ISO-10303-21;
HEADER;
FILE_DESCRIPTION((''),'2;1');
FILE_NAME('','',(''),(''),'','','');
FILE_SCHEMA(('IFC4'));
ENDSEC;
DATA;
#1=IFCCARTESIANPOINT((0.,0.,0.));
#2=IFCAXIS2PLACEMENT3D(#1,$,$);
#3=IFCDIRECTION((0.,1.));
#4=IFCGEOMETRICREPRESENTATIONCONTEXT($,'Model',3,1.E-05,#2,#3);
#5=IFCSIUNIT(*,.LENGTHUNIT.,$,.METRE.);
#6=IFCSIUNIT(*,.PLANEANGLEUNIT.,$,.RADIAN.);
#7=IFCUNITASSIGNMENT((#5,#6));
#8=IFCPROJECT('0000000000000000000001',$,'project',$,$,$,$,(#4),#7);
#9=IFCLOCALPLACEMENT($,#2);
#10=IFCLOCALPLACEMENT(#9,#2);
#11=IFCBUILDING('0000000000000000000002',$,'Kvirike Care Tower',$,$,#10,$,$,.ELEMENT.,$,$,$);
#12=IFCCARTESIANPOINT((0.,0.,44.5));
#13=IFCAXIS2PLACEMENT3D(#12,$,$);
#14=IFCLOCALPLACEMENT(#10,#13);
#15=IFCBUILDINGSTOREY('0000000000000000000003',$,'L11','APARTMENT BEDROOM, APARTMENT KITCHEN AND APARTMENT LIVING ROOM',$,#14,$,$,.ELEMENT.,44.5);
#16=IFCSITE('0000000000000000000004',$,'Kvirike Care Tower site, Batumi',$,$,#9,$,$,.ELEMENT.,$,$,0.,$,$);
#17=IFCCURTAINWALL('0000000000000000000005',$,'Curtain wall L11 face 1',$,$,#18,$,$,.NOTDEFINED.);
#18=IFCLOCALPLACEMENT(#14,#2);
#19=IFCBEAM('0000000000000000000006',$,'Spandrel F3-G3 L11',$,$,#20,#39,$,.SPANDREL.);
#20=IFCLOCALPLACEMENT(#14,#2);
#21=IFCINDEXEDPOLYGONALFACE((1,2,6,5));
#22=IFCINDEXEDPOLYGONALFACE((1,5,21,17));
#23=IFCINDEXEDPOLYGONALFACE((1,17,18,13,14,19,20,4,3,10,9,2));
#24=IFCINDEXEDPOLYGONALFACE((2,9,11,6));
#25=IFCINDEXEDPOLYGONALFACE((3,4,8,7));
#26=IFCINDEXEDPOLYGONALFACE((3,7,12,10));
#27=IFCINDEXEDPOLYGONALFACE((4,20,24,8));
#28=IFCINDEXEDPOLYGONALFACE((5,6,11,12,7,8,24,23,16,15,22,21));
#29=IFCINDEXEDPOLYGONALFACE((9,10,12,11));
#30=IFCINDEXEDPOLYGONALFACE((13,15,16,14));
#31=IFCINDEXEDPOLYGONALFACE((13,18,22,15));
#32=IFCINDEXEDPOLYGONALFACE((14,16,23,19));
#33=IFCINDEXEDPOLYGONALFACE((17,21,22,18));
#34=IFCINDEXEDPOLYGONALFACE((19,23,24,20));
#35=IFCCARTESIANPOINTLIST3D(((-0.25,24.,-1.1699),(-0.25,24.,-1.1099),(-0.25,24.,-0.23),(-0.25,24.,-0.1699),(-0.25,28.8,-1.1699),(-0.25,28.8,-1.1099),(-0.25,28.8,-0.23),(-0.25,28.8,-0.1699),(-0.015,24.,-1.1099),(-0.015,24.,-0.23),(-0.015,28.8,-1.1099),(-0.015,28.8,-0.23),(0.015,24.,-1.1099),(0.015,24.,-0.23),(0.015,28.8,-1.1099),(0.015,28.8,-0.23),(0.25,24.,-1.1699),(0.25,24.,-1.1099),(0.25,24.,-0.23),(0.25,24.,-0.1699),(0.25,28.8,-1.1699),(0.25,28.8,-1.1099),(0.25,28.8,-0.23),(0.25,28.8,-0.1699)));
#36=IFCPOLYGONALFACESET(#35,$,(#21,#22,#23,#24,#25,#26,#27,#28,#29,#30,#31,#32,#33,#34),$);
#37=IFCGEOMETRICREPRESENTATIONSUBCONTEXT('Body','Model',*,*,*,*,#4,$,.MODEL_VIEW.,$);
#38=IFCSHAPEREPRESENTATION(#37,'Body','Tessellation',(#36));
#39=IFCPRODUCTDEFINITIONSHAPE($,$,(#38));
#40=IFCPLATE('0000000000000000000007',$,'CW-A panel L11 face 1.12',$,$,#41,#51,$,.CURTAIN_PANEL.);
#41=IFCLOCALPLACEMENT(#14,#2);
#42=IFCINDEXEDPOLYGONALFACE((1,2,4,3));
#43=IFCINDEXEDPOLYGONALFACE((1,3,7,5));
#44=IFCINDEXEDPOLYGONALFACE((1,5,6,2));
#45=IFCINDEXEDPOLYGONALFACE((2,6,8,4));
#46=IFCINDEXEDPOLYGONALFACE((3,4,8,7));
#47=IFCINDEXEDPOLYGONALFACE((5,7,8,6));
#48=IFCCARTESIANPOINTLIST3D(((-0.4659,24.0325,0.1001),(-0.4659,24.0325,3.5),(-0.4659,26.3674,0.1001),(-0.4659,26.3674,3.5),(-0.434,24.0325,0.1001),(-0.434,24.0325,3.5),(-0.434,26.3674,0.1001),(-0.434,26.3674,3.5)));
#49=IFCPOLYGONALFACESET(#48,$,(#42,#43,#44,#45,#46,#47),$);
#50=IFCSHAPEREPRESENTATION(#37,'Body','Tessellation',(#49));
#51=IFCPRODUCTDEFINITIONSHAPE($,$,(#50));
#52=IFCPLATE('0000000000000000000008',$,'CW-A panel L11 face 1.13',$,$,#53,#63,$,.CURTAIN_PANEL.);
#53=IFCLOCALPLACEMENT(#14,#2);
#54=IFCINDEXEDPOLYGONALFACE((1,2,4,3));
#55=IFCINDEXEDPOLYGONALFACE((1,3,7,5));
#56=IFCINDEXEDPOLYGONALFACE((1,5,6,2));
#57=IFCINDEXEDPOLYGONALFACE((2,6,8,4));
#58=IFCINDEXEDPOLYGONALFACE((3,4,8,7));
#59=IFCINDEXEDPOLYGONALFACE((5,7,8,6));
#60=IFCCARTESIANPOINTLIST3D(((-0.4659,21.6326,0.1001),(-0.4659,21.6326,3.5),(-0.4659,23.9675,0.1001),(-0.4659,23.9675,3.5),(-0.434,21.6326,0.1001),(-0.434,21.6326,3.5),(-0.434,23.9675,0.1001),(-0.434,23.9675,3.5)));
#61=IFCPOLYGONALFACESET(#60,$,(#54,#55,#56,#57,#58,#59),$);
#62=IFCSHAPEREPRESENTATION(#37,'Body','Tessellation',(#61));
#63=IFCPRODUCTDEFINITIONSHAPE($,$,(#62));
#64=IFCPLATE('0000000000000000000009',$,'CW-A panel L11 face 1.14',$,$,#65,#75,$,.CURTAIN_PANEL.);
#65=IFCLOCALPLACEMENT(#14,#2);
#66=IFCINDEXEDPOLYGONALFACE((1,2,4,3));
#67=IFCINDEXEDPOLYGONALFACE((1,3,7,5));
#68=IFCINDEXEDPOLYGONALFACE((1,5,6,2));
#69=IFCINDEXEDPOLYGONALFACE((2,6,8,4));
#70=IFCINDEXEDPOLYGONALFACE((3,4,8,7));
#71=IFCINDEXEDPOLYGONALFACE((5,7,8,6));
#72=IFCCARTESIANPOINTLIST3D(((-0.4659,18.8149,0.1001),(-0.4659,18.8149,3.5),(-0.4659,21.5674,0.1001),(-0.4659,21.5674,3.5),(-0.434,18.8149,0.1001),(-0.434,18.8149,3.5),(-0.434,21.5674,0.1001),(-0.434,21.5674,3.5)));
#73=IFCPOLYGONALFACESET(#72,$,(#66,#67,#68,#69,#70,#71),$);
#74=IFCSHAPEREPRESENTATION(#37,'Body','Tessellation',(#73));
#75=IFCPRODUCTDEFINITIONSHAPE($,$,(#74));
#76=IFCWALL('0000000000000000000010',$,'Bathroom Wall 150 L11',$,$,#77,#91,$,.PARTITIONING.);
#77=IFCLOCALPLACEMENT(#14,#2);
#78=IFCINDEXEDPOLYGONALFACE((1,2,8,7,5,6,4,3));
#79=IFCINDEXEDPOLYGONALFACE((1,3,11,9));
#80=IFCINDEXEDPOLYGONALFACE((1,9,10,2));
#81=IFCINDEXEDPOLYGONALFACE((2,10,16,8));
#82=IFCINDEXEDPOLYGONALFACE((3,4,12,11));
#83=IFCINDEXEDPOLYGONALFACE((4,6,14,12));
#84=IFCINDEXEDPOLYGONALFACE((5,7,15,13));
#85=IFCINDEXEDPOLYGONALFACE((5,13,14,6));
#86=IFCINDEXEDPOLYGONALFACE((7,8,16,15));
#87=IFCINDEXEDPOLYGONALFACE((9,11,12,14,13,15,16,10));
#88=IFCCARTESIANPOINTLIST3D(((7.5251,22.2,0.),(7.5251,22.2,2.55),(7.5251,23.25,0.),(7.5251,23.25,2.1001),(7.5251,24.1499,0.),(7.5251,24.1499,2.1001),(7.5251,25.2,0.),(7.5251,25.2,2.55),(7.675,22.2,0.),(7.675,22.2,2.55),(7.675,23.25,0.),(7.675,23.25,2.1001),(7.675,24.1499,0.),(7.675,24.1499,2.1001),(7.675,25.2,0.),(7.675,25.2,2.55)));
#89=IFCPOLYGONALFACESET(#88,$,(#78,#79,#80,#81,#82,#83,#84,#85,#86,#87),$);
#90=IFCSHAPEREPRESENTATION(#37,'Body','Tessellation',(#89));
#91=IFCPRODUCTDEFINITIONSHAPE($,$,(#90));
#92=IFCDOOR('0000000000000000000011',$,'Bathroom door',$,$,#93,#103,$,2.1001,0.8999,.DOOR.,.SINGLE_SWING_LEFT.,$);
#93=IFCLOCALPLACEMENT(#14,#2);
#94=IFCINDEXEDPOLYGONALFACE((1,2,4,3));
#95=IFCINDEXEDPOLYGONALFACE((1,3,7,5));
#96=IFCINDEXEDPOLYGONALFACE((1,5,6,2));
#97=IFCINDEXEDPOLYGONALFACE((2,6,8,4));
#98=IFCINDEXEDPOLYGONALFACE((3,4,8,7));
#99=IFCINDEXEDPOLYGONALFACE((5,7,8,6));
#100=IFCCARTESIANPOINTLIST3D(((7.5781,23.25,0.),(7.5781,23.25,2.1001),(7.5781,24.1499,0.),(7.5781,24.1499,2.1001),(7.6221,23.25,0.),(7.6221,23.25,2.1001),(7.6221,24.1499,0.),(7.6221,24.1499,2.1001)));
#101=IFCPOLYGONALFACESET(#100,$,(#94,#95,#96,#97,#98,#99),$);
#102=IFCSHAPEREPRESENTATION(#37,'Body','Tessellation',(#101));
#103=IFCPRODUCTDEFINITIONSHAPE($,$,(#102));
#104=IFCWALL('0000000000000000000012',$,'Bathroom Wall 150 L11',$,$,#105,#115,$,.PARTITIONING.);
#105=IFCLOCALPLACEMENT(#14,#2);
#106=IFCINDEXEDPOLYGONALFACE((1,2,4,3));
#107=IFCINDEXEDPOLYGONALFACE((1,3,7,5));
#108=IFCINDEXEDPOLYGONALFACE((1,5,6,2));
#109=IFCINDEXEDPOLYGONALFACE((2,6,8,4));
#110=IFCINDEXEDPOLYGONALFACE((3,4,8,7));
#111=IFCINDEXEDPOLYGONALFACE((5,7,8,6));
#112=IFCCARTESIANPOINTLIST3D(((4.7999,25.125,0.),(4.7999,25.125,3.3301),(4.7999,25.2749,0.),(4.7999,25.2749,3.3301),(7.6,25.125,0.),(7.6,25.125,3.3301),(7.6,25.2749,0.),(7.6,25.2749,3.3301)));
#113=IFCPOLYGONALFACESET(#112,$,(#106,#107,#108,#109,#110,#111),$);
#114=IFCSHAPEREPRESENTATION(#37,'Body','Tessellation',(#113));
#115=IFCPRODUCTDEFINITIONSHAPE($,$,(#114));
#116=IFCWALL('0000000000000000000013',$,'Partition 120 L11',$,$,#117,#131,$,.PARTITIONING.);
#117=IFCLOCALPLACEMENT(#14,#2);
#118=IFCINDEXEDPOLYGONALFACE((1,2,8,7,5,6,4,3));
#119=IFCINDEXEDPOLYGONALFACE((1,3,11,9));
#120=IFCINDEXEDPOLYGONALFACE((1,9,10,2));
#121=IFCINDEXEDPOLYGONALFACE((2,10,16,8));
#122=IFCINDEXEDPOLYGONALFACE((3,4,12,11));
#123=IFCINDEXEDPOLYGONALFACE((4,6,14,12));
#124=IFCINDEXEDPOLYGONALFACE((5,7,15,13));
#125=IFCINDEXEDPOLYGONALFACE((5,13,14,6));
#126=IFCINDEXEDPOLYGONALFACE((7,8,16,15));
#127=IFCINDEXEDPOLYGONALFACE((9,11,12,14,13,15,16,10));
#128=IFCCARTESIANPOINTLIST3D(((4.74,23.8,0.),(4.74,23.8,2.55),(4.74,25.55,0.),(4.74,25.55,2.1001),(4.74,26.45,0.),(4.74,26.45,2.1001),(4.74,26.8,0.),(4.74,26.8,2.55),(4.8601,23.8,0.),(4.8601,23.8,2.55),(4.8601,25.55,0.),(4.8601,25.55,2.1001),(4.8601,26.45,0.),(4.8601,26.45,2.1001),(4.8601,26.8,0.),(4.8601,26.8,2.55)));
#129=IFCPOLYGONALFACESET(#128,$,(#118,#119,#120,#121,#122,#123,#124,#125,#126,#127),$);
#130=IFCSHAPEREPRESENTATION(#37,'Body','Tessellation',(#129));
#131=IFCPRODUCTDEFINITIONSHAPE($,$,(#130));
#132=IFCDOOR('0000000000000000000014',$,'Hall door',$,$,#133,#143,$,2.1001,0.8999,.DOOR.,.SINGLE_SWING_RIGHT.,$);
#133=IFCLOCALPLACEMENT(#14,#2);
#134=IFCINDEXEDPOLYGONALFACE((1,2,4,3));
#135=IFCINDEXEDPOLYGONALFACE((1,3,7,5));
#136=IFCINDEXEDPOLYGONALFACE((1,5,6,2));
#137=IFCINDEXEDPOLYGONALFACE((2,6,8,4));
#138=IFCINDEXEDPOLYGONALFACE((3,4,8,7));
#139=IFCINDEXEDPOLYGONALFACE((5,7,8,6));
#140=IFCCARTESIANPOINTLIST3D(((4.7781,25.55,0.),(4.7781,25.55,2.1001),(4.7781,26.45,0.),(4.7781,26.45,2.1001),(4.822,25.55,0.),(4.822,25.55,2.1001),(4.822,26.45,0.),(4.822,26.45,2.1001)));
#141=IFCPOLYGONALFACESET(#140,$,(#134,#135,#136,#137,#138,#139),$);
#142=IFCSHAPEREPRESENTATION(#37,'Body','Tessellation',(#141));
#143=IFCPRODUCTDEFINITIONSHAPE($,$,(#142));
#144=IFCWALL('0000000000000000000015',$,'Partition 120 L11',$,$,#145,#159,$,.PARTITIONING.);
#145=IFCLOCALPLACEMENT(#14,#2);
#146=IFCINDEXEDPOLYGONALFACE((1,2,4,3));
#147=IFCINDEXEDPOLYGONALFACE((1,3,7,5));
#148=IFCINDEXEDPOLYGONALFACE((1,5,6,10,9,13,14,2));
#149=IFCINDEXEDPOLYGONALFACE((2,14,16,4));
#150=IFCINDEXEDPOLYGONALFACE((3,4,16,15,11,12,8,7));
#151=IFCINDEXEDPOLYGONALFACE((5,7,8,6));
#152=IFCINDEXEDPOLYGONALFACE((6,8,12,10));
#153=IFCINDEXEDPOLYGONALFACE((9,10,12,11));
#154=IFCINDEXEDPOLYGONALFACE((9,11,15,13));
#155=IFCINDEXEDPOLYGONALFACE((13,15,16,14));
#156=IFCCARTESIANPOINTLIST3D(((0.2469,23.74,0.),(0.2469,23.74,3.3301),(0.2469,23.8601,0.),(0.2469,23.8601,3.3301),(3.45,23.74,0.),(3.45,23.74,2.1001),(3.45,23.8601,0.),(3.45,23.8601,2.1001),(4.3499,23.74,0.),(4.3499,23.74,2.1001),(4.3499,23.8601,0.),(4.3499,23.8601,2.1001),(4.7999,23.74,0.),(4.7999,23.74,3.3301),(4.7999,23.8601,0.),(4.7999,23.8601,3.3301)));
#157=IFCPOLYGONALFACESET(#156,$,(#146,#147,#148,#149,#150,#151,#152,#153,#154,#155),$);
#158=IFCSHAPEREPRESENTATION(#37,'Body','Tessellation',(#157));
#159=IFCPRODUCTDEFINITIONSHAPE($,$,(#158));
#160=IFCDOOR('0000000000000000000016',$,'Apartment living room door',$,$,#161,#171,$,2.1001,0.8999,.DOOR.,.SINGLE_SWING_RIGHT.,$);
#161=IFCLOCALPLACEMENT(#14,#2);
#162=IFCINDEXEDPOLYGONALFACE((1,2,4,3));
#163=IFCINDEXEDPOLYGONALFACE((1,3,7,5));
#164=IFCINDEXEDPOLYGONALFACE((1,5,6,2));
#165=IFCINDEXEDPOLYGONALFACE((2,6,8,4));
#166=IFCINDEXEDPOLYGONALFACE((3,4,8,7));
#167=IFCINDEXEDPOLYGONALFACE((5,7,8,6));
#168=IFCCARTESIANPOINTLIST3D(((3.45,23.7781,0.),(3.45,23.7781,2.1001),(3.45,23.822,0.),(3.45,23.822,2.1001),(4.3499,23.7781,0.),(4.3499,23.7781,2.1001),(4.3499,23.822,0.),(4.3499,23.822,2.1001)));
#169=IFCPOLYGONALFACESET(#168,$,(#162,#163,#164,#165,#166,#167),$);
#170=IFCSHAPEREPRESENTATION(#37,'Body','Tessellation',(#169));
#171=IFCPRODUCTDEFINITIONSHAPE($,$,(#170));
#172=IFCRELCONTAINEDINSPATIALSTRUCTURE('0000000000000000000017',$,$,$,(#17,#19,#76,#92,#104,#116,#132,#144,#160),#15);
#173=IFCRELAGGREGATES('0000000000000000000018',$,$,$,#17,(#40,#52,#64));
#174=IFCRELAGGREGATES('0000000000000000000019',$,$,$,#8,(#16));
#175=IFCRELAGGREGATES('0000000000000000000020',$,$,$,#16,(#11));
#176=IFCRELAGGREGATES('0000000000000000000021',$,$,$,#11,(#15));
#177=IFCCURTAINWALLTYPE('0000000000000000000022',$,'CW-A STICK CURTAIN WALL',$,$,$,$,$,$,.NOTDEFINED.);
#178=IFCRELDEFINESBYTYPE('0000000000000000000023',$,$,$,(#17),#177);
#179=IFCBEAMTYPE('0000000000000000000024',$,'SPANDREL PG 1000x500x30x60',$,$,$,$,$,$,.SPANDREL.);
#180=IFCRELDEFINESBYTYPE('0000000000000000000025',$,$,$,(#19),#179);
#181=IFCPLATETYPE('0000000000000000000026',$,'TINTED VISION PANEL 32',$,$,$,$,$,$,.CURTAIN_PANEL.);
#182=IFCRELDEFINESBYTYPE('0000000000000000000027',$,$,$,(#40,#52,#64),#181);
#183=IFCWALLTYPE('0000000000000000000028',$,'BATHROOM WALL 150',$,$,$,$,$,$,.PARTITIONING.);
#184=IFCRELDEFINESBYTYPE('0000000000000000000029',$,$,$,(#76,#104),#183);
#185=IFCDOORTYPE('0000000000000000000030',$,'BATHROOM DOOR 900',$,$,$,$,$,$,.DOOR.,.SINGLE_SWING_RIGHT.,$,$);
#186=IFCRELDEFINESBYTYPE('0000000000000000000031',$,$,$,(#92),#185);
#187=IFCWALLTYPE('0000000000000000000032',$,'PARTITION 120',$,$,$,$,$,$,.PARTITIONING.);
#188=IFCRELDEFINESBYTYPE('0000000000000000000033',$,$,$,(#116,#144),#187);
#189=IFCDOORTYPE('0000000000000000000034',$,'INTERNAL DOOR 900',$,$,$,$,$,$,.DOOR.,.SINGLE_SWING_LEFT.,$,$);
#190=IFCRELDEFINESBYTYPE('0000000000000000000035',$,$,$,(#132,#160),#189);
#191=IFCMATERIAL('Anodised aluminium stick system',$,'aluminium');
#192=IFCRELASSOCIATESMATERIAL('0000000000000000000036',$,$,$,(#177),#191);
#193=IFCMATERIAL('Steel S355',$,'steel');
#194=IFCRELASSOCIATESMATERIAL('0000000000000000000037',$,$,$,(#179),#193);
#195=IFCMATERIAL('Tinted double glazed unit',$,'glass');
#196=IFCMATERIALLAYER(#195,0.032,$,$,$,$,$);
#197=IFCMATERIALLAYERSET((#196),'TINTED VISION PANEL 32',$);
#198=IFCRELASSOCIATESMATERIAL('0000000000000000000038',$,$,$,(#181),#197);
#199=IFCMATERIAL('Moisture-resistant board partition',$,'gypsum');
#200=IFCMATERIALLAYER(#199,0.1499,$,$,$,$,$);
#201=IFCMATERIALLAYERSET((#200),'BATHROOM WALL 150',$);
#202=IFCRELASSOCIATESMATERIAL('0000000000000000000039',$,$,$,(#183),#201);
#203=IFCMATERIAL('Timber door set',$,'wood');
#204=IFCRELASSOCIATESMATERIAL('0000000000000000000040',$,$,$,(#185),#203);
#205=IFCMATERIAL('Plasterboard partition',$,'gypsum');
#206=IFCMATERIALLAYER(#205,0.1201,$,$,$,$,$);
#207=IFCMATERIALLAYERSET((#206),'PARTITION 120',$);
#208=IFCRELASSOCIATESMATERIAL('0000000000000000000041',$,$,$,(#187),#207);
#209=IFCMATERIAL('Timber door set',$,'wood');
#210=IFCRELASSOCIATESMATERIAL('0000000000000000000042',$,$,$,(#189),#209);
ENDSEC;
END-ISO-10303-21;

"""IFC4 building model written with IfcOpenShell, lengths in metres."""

from ifc_helpers import new_model, si_unit, direction, frame, frame_2d, origin, origin_2d, place, context, subcontext, project, spatial, rectangle, i_section, extrude, material, layer, layer_set, material_profile, profile_set, type_object, element, fill, aggregate, save


model = new_model("IFC4")

# Units and contexts
model_context = context("Model", 3, precision=1e-05, world=origin(), true_north=direction((0.0, 1.0)))
body_context = subcontext(model_context, "Body", "Model", "MODEL_VIEW")
ifc_project = project(units=[si_unit("LENGTHUNIT", "METRE"), si_unit("PLANEANGLEUNIT", "RADIAN")], contexts=[model_context])

# Site, building, storey
site_placement = place(None, origin())
site = spatial("IfcSite", under=ifc_project, at=site_placement, Name="Kvirike Care Tower site, Batumi", CompositionType="ELEMENT", RefElevation=0.0)
building_placement = place(site_placement, origin())
building = spatial("IfcBuilding", under=site, at=building_placement, Name="Kvirike Care Tower", CompositionType="ELEMENT")
storey_placement = place(building_placement, frame((0.0, 0.0, 44.5)))
storey = spatial("IfcBuildingStorey", under=building, at=storey_placement, Name="L11", Description="APARTMENT BEDROOM, APARTMENT KITCHEN AND APARTMENT LIVING ROOM", CompositionType="ELEMENT", Elevation=44.5)

# Curtain wall
ifc_material_1 = material(Name="Anodised aluminium stick system", Category="aluminium")
curtain_wall_type = type_object("IfcCurtainWallType", Name="CW-A STICK CURTAIN WALL", PredefinedType="NOTDEFINED", material=ifc_material_1)
curtain_wall_placement = place(storey_placement, origin())
curtain_wall = element("IfcCurtainWall", 1, at=curtain_wall_placement, inside=storey, type_object=curtain_wall_type, Name="Curtain wall L11 face 1", PredefinedType="NOTDEFINED")

# Beam
ifc_material_2 = material(Name="Steel S355", Category="steel")
ifc_material_profile_1 = material_profile(ifc_material_2, i_section(OverallWidth=0.5, OverallDepth=1.0, WebThickness=0.03, FlangeThickness=0.0601, at=origin_2d()), Name="PG 1000x500x30x60")
ifc_profile_set_1 = profile_set([ifc_material_profile_1], Name="Steel S355")
beam_type_1 = type_object("IfcBeamType", Name="SPANDREL PG 1000x500x30x60", PredefinedType="SPANDREL", material=ifc_profile_set_1)
beam_1_placement = place(storey_placement, frame((0.0, 24.0, -0.6699), z_axis=(0.0, 1.0, 0.0), x_axis=(-1.0, 0.0, 0.0)))
element("IfcBeam", 2, at=beam_1_placement, inside=storey, type_object=beam_type_1, Name="Spandrel F3-G3 L11", PredefinedType="SPANDREL", context=body_context, shape_type="SweptSolid", body=[
    extrude(i_section(OverallWidth=0.5, OverallDepth=1.0, WebThickness=0.03, FlangeThickness=0.0601, at=origin_2d()), origin(), (0.0, 0.0, 1.0), 4.8),
])

# Plates
ifc_material_3 = material(Name="Tinted double glazed unit", Category="glass")
ifc_layer_1 = layer(ifc_material_3, 0.032)
ifc_layer_set_1 = layer_set([ifc_layer_1], Name="TINTED VISION PANEL 32")
plate_type = type_object("IfcPlateType", Name="TINTED VISION PANEL 32", PredefinedType="CURTAIN_PANEL", material=ifc_layer_set_1)
plate_1_placement = place(storey_placement, frame((-0.45, 25.2, 0.1001), z_axis=(0.0, 0.0, 1.0), x_axis=(0.0, -1.0, 0.0)))
plate_1 = element("IfcPlate", 3, at=plate_1_placement, type_object=plate_type, Name="CW-A panel L11 face 1.12", PredefinedType="CURTAIN_PANEL", context=body_context, shape_type="SweptSolid", body=[
    extrude(rectangle(XDim=2.335, YDim=0.032, at=origin_2d()), origin(), (0.0, 0.0, 1.0), 3.3999),
])
plate_2_placement = place(storey_placement, frame((-0.45, 22.8, 0.1001), z_axis=(0.0, 0.0, 1.0), x_axis=(0.0, -1.0, 0.0)))
plate_2 = element("IfcPlate", 4, at=plate_2_placement, type_object=plate_type, Name="CW-A panel L11 face 1.13", PredefinedType="CURTAIN_PANEL", context=body_context, shape_type="SweptSolid", body=[
    extrude(rectangle(XDim=2.335, YDim=0.032, at=origin_2d()), origin(), (0.0, 0.0, 1.0), 3.3999),
])
plate_3_placement = place(storey_placement, frame((-0.45, 20.1912, 0.1001), z_axis=(0.0, 0.0, 1.0), x_axis=(0.0, -1.0, 0.0)))
plate_3 = element("IfcPlate", 5, at=plate_3_placement, type_object=plate_type, Name="CW-A panel L11 face 1.14", PredefinedType="CURTAIN_PANEL", context=body_context, shape_type="SweptSolid", body=[
    extrude(rectangle(XDim=2.7524, YDim=0.032, at=origin_2d()), origin(), (0.0, 0.0, 1.0), 3.3999),
])
aggregate(curtain_wall, [plate_1, plate_2, plate_3])

# Wall, opening, door
ifc_material_4 = material(Name="Moisture-resistant board partition", Category="gypsum")
ifc_layer_2 = layer(ifc_material_4, 0.1499)
ifc_layer_set_2 = layer_set([ifc_layer_2], Name="BATHROOM WALL 150")
wall_type_1 = type_object("IfcWallType", Name="BATHROOM WALL 150", PredefinedType="PARTITIONING", material=ifc_layer_set_2)
wall_1_placement = place(storey_placement, frame((7.6001, 22.2, 0.0), z_axis=(0.0, 0.0, 1.0), x_axis=(0.0, 1.0, 0.0)))
wall_1 = element("IfcWall", 6, at=wall_1_placement, inside=storey, type_object=wall_type_1, Name="Bathroom Wall 150 L11", PredefinedType="PARTITIONING", context=body_context, shape_type="SweptSolid", body=[
    extrude(rectangle(XDim=3.0, YDim=0.1499, at=frame_2d((1.5, 0.0))), origin(), (0.0, 0.0, 1.0), 2.55),
])
opening_1_placement = place(wall_1_placement, frame((1.05, 0.0, 0.0)))
opening_1 = element("IfcOpeningElement", 7, at=opening_1_placement, cuts=wall_1, PredefinedType="OPENING", context=body_context, shape_type="SweptSolid", body=[
    extrude(rectangle(XDim=0.8999, YDim=2.1001, at=frame_2d((0.45, 1.05))), frame((0.0, 0.0854, 0.0), z_axis=(0.0, -1.0, 0.0), x_axis=(1.0, 0.0, 0.0)), (0.0, 0.0, 1.0), 0.1709),
])
ifc_material_5 = material(Name="Timber door set", Category="wood")
door_type_1 = type_object("IfcDoorType", Name="BATHROOM DOOR 900", OperationType="SINGLE_SWING_RIGHT", PredefinedType="DOOR", material=ifc_material_5)
door_1_placement = place(opening_1_placement, origin())
door_1 = element("IfcDoor", 8, at=door_1_placement, inside=storey, type_object=door_type_1, Name="Bathroom door", OperationType="SINGLE_SWING_LEFT", OverallHeight=2.1001, OverallWidth=0.8999, PredefinedType="DOOR", context=body_context, shape_type="SweptSolid", body=[
    extrude(rectangle(XDim=0.8999, YDim=2.1001, at=frame_2d((0.45, 1.05))), frame((0.0, 0.022, 0.0), z_axis=(0.0, -1.0, 0.0), x_axis=(1.0, 0.0, 0.0)), (0.0, 0.0, 1.0), 0.0439),
])
fill(opening_1, door_1)

# Wall
wall_2_placement = place(storey_placement, frame((4.8, 25.2, 0.0), z_axis=(0.0, 0.0, 1.0), x_axis=(1.0, 0.0, 0.0)))
element("IfcWall", 9, at=wall_2_placement, inside=storey, type_object=wall_type_1, Name="Bathroom Wall 150 L11", PredefinedType="PARTITIONING", context=body_context, shape_type="SweptSolid", body=[
    extrude(rectangle(XDim=2.8, YDim=0.1499, at=frame_2d((1.3999, 0.0))), origin(), (0.0, 0.0, 1.0), 3.3301),
])

# Walls, openings, doors
ifc_material_6 = material(Name="Plasterboard partition", Category="gypsum")
ifc_layer_3 = layer(ifc_material_6, 0.1201)
ifc_layer_set_3 = layer_set([ifc_layer_3], Name="PARTITION 120")
wall_type_2 = type_object("IfcWallType", Name="PARTITION 120", PredefinedType="PARTITIONING", material=ifc_layer_set_3)
wall_3_placement = place(storey_placement, frame((4.8, 23.8, 0.0), z_axis=(0.0, 0.0, 1.0), x_axis=(0.0, 1.0, 0.0)))
wall_3 = element("IfcWall", 10, at=wall_3_placement, inside=storey, type_object=wall_type_2, Name="Partition 120 L11", PredefinedType="PARTITIONING", context=body_context, shape_type="SweptSolid", body=[
    extrude(rectangle(XDim=3.0, YDim=0.1201, at=frame_2d((1.5, 0.0))), origin(), (0.0, 0.0, 1.0), 2.55),
])
opening_2_placement = place(wall_3_placement, frame((1.75, 0.0, 0.0)))
opening_2 = element("IfcOpeningElement", 11, at=opening_2_placement, cuts=wall_3, PredefinedType="OPENING", context=body_context, shape_type="SweptSolid", body=[
    extrude(rectangle(XDim=0.8999, YDim=2.1001, at=frame_2d((0.45, 1.05))), frame((0.0, 0.0706, 0.0), z_axis=(0.0, -1.0, 0.0), x_axis=(1.0, 0.0, 0.0)), (0.0, 0.0, 1.0), 0.1411),
])
ifc_material_7 = material(Name="Timber door set", Category="wood")
door_type_2 = type_object("IfcDoorType", Name="INTERNAL DOOR 900", OperationType="SINGLE_SWING_LEFT", PredefinedType="DOOR", material=ifc_material_7)
door_2_placement = place(opening_2_placement, origin())
door_2 = element("IfcDoor", 12, at=door_2_placement, inside=storey, type_object=door_type_2, Name="Hall door", OperationType="SINGLE_SWING_RIGHT", OverallHeight=2.1001, OverallWidth=0.8999, PredefinedType="DOOR", context=body_context, shape_type="SweptSolid", body=[
    extrude(rectangle(XDim=0.8999, YDim=2.1001, at=frame_2d((0.45, 1.05))), frame((0.0, 0.022, 0.0), z_axis=(0.0, -1.0, 0.0), x_axis=(1.0, 0.0, 0.0)), (0.0, 0.0, 1.0), 0.0439),
])
fill(opening_2, door_2)
wall_4_placement = place(storey_placement, frame((0.2471, 23.8, 0.0), z_axis=(0.0, 0.0, 1.0), x_axis=(1.0, 0.0, 0.0)))
wall_4 = element("IfcWall", 13, at=wall_4_placement, inside=storey, type_object=wall_type_2, Name="Partition 120 L11", PredefinedType="PARTITIONING", context=body_context, shape_type="SweptSolid", body=[
    extrude(rectangle(XDim=4.553, YDim=0.1201, at=frame_2d((2.2764, 0.0))), origin(), (0.0, 0.0, 1.0), 3.3301),
])
opening_3_placement = place(wall_4_placement, frame((3.2029, 0.0, 0.0)))
opening_3 = element("IfcOpeningElement", 14, at=opening_3_placement, cuts=wall_4, PredefinedType="OPENING", context=body_context, shape_type="SweptSolid", body=[
    extrude(rectangle(XDim=0.8999, YDim=2.1001, at=frame_2d((0.45, 1.05))), frame((0.0, 0.0706, 0.0), z_axis=(0.0, -1.0, 0.0), x_axis=(1.0, 0.0, 0.0)), (0.0, 0.0, 1.0), 0.1411),
])
door_3_placement = place(opening_3_placement, frame((0.8999, 0.0, 0.0), z_axis=(0.0, 0.0, 1.0), x_axis=(-1.0, 0.0, 0.0)))
door_3 = element("IfcDoor", 15, at=door_3_placement, inside=storey, type_object=door_type_2, Name="Apartment living room door", OperationType="SINGLE_SWING_RIGHT", OverallHeight=2.1001, OverallWidth=0.8999, PredefinedType="DOOR", context=body_context, shape_type="SweptSolid", body=[
    extrude(rectangle(XDim=0.8999, YDim=2.1001, at=frame_2d((0.45, 1.05))), frame((0.0, 0.022, 0.0), z_axis=(0.0, -1.0, 0.0), x_axis=(1.0, 0.0, 0.0)), (0.0, 0.0, 1.0), 0.0439),
])
fill(opening_3, door_3)

save(model, "model.ifc")
